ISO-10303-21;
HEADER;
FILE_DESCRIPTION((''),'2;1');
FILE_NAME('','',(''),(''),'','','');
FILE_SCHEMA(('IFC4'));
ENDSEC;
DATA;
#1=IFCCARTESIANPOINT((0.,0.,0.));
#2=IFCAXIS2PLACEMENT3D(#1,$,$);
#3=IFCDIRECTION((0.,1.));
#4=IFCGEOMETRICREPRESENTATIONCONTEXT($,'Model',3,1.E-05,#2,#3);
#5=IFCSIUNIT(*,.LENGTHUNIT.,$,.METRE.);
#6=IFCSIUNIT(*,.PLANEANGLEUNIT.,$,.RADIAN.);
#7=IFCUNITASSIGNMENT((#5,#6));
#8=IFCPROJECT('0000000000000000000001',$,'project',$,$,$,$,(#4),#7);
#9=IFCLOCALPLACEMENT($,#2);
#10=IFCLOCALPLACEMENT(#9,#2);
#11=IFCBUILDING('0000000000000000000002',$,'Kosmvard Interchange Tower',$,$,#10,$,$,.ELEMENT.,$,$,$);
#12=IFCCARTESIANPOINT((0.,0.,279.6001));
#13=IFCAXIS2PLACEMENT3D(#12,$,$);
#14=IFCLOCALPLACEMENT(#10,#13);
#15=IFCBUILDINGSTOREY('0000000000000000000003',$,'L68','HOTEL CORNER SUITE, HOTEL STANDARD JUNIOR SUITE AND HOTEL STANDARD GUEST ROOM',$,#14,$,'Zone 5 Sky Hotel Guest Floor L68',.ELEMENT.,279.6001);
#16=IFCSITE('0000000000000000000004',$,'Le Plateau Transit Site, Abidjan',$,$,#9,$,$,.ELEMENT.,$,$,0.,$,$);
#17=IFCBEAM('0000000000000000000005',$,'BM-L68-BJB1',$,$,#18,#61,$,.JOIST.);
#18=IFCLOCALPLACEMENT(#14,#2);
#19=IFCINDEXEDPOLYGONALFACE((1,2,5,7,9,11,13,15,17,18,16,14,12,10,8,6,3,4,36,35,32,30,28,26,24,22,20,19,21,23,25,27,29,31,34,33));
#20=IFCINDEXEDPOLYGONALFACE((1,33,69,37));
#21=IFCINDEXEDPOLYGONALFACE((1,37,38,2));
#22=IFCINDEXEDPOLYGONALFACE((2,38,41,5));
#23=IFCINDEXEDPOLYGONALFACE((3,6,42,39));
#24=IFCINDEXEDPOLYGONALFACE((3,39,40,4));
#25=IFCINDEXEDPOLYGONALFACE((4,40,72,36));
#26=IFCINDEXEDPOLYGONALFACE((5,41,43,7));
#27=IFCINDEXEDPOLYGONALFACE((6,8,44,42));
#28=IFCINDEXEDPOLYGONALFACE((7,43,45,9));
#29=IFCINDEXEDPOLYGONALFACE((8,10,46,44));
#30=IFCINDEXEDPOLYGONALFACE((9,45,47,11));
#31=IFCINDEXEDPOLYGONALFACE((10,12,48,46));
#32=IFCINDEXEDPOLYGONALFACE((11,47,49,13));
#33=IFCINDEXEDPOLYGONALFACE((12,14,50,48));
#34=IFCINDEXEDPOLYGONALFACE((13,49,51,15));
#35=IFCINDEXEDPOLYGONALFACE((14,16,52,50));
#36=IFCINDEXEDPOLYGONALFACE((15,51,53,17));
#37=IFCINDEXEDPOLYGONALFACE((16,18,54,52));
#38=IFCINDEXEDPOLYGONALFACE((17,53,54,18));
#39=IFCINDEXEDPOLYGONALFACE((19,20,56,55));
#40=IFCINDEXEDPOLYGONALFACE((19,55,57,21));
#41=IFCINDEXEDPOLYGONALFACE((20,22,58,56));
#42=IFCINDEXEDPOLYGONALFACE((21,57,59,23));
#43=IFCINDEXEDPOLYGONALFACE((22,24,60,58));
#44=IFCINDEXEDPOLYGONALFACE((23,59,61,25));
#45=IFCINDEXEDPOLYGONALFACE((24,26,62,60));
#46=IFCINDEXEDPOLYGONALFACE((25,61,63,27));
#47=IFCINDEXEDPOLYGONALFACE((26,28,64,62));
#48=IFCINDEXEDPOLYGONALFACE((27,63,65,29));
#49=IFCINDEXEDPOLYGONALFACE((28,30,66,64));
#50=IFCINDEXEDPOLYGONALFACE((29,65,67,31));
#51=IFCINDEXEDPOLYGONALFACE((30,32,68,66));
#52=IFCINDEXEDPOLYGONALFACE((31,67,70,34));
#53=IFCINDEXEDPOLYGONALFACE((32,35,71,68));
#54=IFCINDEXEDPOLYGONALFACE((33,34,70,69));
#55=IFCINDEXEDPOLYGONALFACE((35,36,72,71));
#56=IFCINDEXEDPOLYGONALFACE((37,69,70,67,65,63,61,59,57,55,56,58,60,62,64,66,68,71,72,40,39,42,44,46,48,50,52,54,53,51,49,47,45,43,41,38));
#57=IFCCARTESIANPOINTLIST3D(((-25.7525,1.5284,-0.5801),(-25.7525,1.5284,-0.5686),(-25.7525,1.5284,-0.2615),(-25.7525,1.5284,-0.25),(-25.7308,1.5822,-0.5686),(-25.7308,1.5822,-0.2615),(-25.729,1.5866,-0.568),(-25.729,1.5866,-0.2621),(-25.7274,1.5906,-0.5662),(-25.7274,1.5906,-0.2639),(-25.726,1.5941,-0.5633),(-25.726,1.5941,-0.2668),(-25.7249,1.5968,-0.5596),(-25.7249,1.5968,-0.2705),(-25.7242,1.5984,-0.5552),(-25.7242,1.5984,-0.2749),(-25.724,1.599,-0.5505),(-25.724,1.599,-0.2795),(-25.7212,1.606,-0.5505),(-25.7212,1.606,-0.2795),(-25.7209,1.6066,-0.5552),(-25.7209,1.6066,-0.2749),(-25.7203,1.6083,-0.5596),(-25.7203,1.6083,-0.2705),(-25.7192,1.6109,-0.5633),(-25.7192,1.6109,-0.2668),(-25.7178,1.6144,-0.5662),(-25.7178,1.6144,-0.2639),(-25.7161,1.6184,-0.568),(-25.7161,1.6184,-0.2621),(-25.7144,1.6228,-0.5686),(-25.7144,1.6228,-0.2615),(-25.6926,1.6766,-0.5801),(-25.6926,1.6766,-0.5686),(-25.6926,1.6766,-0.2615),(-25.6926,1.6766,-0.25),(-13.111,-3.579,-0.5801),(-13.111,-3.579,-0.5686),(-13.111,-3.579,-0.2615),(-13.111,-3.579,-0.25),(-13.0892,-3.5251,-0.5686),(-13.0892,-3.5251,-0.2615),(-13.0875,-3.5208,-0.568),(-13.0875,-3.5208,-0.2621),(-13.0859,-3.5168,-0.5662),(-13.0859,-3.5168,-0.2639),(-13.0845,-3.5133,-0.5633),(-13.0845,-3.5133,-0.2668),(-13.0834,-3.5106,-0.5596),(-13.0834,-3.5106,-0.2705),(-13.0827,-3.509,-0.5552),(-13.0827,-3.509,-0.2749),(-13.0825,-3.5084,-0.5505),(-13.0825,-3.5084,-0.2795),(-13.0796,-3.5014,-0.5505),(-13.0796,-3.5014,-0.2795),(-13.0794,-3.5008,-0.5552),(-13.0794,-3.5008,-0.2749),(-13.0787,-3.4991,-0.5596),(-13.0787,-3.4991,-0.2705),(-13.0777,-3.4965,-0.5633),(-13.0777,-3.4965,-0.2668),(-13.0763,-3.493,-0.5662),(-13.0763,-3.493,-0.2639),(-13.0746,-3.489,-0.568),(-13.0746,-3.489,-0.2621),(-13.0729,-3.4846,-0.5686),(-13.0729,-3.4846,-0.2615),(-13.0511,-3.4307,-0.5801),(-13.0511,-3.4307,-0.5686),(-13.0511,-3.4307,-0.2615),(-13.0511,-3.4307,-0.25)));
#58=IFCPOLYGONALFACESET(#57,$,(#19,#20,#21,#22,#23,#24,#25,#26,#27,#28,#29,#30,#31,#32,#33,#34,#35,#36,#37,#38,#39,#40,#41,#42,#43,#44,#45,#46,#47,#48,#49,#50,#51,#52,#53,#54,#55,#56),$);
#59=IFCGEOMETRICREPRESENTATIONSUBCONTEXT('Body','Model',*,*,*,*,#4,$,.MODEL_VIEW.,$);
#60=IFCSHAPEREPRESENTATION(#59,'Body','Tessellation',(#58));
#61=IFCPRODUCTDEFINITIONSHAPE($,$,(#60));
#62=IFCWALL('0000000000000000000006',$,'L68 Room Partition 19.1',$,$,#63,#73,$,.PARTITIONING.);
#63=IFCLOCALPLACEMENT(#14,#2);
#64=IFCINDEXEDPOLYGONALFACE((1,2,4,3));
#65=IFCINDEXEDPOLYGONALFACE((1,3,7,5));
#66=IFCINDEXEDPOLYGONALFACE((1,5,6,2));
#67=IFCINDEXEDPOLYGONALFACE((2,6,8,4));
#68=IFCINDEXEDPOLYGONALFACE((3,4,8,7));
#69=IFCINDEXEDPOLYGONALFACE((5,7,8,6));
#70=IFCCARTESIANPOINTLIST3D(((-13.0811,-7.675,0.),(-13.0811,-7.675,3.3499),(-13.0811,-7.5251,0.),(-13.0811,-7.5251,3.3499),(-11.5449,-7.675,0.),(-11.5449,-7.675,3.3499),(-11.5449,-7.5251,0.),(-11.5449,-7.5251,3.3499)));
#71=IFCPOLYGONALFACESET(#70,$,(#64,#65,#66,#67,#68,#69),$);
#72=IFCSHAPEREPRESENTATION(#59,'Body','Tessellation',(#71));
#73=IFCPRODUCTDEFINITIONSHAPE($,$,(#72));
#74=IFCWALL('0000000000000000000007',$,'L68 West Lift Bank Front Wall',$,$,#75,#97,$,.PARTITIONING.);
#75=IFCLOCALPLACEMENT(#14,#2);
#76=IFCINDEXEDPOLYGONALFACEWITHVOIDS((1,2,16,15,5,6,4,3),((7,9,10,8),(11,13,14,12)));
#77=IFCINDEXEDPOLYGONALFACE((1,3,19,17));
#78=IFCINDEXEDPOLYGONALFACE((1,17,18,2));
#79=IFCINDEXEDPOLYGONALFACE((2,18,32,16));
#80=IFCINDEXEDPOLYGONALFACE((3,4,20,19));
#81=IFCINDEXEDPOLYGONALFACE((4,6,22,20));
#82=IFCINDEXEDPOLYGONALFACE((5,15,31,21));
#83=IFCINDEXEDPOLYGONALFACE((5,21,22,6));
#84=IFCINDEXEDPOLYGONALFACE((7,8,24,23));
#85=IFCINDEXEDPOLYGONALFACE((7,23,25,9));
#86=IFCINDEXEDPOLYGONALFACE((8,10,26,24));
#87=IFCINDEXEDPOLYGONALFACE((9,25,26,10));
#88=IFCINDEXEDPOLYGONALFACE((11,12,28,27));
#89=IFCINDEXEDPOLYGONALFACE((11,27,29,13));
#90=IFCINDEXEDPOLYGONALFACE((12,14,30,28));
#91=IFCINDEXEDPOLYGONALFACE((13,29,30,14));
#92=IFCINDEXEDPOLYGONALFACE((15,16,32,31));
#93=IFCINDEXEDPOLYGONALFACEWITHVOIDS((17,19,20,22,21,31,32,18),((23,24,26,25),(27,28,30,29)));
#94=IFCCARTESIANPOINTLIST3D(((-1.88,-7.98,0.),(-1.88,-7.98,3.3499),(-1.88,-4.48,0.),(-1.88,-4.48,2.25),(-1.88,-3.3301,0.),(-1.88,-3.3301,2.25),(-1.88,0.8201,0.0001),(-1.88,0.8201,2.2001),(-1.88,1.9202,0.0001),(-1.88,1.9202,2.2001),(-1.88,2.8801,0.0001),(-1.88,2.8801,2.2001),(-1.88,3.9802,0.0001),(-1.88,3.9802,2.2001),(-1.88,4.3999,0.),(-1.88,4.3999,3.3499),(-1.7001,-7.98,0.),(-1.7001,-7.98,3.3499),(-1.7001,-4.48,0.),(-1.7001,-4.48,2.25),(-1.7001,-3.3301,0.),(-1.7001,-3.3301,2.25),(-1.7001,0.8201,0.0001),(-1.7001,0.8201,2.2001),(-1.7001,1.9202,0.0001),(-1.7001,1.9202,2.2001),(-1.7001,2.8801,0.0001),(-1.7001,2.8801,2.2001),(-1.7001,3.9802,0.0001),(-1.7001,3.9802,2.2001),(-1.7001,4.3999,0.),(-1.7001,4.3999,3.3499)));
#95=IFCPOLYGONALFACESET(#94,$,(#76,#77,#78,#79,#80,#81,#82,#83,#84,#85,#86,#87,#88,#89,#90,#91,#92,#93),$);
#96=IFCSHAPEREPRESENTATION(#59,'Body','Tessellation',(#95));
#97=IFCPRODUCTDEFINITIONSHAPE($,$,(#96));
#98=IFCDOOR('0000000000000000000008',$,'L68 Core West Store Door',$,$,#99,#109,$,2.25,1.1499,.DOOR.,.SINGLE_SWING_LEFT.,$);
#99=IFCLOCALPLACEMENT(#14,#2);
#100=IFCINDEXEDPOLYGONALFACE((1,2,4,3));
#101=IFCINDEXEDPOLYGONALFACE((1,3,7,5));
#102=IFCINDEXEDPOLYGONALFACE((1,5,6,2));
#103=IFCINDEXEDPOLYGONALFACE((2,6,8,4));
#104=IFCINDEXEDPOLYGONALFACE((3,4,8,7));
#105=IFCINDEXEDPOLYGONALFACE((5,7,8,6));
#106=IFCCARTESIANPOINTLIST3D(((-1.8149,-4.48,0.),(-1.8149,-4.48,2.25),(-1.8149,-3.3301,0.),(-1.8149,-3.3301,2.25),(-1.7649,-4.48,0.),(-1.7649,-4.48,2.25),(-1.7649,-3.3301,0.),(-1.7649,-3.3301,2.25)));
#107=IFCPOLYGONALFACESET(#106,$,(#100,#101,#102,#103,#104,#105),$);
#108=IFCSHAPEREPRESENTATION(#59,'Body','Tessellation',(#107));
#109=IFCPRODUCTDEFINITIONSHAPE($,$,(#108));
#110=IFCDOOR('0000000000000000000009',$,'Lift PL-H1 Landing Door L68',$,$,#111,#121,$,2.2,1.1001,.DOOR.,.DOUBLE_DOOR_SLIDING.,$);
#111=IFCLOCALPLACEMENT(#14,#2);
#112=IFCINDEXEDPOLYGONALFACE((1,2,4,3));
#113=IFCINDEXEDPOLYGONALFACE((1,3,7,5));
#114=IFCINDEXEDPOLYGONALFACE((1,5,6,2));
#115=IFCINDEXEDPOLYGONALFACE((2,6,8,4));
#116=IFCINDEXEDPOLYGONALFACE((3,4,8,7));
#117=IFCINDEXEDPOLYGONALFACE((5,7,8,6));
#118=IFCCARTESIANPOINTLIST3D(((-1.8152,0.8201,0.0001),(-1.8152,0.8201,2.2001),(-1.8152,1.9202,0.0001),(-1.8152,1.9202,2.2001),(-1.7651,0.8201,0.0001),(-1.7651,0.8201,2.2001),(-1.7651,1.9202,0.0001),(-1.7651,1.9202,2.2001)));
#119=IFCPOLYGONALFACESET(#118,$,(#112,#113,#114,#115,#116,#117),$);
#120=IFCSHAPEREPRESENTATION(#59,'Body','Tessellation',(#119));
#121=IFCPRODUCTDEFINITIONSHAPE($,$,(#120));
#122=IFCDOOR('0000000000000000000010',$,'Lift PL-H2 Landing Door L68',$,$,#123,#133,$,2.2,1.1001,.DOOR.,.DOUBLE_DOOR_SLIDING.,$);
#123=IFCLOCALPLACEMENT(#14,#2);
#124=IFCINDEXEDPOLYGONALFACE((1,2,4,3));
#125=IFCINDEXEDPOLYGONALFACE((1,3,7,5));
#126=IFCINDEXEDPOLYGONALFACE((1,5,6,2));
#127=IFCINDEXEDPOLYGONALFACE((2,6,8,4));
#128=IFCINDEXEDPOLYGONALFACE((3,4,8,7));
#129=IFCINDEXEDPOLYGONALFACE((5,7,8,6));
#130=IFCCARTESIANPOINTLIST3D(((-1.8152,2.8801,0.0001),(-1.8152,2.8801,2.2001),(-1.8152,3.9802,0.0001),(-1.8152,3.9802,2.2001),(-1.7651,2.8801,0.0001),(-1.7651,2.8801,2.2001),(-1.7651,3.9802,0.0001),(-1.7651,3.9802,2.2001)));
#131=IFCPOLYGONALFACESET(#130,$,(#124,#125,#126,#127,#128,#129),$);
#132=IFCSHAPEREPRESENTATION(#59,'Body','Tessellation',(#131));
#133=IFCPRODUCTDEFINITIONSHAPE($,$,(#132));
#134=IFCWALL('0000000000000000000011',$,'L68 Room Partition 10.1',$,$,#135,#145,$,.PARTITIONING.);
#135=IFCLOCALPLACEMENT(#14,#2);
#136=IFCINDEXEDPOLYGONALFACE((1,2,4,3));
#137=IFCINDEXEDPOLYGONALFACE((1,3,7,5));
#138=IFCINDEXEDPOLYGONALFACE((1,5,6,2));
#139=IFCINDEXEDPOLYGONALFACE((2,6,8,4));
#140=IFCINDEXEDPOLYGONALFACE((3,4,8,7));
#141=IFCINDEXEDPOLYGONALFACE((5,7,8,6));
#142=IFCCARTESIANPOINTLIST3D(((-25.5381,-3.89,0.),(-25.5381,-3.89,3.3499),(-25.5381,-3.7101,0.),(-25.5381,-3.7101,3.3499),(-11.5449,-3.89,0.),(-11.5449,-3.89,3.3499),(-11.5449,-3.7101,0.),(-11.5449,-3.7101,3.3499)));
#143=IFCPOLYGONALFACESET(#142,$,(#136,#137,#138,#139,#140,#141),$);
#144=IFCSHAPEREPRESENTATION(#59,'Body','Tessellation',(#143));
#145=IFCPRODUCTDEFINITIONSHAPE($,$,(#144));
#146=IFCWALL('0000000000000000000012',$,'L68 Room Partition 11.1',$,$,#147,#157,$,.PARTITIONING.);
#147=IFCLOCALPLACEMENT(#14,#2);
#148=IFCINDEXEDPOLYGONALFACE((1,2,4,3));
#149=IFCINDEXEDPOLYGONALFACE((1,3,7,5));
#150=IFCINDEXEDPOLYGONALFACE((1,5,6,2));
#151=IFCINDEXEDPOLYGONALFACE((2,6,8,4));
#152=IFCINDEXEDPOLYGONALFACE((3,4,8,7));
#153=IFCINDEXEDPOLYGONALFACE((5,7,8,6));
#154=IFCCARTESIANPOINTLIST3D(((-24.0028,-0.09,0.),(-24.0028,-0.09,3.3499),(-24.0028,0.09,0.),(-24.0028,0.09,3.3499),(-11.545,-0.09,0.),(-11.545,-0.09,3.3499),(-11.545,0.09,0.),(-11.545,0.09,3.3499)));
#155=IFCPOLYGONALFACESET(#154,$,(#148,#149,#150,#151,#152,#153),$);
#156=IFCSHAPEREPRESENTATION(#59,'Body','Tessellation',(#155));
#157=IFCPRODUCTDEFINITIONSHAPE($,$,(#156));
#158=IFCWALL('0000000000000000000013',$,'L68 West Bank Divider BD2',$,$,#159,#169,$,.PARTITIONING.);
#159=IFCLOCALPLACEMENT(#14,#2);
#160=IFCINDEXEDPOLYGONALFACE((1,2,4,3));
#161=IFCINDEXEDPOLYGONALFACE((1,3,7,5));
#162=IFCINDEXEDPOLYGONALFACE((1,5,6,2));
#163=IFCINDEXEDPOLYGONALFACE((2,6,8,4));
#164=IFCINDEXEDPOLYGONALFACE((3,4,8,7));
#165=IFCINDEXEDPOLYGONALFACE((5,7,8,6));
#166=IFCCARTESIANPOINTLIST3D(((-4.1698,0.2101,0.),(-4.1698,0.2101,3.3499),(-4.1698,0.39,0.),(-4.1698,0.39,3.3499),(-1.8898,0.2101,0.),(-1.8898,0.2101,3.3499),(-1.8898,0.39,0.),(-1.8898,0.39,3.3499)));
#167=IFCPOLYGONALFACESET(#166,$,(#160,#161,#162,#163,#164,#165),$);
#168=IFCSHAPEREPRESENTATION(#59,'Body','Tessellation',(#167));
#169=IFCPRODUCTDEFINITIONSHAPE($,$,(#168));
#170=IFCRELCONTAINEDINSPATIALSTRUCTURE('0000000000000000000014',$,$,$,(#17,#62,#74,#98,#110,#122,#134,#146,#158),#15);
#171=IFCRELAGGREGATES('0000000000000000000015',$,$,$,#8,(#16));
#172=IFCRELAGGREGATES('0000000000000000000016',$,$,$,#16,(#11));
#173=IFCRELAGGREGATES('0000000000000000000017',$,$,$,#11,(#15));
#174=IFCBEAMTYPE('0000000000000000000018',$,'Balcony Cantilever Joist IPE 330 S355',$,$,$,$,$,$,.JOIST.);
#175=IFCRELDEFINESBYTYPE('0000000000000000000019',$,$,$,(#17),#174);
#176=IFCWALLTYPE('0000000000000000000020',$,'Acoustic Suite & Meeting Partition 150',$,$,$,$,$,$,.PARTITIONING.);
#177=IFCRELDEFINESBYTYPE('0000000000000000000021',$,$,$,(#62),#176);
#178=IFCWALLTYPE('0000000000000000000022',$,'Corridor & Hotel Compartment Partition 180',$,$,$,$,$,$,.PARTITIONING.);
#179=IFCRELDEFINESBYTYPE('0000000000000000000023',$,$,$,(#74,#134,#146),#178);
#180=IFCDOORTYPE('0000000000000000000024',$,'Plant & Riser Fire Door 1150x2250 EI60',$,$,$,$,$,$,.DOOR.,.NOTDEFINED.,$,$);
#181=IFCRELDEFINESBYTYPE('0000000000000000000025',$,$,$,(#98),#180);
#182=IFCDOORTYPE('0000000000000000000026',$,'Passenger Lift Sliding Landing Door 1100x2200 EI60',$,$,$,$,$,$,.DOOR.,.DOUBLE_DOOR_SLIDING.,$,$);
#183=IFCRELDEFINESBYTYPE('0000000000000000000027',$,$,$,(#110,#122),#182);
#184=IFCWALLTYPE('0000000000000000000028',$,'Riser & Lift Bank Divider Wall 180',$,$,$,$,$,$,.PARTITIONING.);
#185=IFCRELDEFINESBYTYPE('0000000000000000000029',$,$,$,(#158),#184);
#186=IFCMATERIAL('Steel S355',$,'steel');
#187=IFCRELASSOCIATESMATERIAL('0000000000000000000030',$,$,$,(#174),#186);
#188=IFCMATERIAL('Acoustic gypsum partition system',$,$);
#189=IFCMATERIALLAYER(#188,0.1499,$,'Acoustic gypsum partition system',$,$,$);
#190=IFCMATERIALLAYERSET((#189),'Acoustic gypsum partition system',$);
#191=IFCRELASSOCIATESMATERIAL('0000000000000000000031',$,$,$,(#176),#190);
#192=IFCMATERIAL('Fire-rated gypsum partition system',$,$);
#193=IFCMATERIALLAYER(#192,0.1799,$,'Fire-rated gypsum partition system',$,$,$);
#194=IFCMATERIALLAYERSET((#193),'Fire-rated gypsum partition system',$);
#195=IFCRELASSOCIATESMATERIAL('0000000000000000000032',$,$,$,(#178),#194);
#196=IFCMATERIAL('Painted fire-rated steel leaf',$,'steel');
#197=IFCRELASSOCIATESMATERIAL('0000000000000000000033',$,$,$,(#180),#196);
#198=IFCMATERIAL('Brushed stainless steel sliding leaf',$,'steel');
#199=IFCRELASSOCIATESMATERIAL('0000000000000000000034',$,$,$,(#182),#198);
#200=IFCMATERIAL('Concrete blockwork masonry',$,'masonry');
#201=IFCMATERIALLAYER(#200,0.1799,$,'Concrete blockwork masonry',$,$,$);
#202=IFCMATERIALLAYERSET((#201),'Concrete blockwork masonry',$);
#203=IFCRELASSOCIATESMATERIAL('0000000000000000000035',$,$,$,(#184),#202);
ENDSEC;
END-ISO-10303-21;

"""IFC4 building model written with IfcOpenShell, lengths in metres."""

from ifc_helpers import new_model, si_unit, direction, frame, frame_2d, origin, origin_2d, place, context, subcontext, project, spatial, rectangle, i_section, extrude, source, transform, mapped, material, layer, layer_set, material_profile, profile_set, type_object, element, fill, save


model = new_model("IFC4")

# Units and contexts
model_context = context("Model", 3, precision=1e-05, world=origin(), true_north=direction((0.0, 1.0)))
body_context = subcontext(model_context, "Body", "Model", "MODEL_VIEW")
ifc_project = project(units=[si_unit("LENGTHUNIT", "METRE"), si_unit("PLANEANGLEUNIT", "RADIAN")], contexts=[model_context])

# Site, building, storey
site_placement = place(None, origin())
site = spatial("IfcSite", under=ifc_project, at=site_placement, Name="Le Plateau Transit Site, Abidjan", CompositionType="ELEMENT", RefElevation=0.0)
building_placement = place(site_placement, origin())
building = spatial("IfcBuilding", under=site, at=building_placement, Name="Kosmvard Interchange Tower", CompositionType="ELEMENT")
storey_placement = place(building_placement, frame((0.0, 0.0, 279.6001)))
storey = spatial("IfcBuildingStorey", under=building, at=storey_placement, Name="L68", Description="HOTEL CORNER SUITE, HOTEL STANDARD JUNIOR SUITE AND HOTEL STANDARD GUEST ROOM", LongName="Zone 5 Sky Hotel Guest Floor L68", CompositionType="ELEMENT", Elevation=279.6001)

# Beam
ifc_material_1 = material(Name="Steel S355", Category="steel")
ifc_material_profile = material_profile(ifc_material_1, i_section(OverallWidth=0.1599, OverallDepth=0.3301, WebThickness=0.0076, FlangeThickness=0.0115, FilletRadius=0.0181, at=origin_2d()), Name="IPE 330")
ifc_profile_set = profile_set([ifc_material_profile], Name="Steel S355")
beam_type = type_object("IfcBeamType", Name="Balcony Cantilever Joist IPE 330 S355", PredefinedType="JOIST", material=ifc_profile_set)
shared_shape_1 = source(origin(), body_context, "Body", "SweptSolid", [
    extrude(i_section(OverallWidth=0.1599, OverallDepth=0.3301, WebThickness=0.0076, FlangeThickness=0.0115, FilletRadius=0.0181, at=origin_2d()), origin(), (0.0, 0.0, 1.0), 13.6343),
])
beam_placement = place(storey_placement, frame((-13.0811, -3.5049, -0.415), z_axis=(-0.927187, 0.374599, 0.0), x_axis=(-0.374599, -0.927187, 0.0)))
element("IfcBeam", 1, at=beam_placement, inside=storey, type_object=beam_type, Name="BM-L68-BJB1", PredefinedType="JOIST", context=body_context, shape_type="MappedRepresentation", body=[
    mapped(shared_shape_1, transform((0.0, 0.0, 0.0), scale=1.0)),
])

# Wall
ifc_material_2 = material(Name="Acoustic gypsum partition system")
ifc_layer_1 = layer(ifc_material_2, 0.1499, Name="Acoustic gypsum partition system")
ifc_layer_set_1 = layer_set([ifc_layer_1], Name="Acoustic gypsum partition system")
wall_type_1 = type_object("IfcWallType", Name="Acoustic Suite & Meeting Partition 150", PredefinedType="PARTITIONING", material=ifc_layer_set_1)
wall_1_placement = place(storey_placement, frame((-11.5449, -7.6001, 0.0), z_axis=(0.0, 0.0, 1.0), x_axis=(-1.0, 0.0, 0.0)))
element("IfcWall", 2, at=wall_1_placement, inside=storey, type_object=wall_type_1, Name="L68 Room Partition 19.1", PredefinedType="PARTITIONING", context=body_context, shape_type="SweptSolid", body=[
    extrude(rectangle(XDim=1.5361, YDim=0.1499, at=frame_2d((0.7681, 0.0))), origin(), (0.0, 0.0, 1.0), 3.3499),
])

# Wall, openings, doors
ifc_material_3 = material(Name="Fire-rated gypsum partition system")
ifc_layer_2 = layer(ifc_material_3, 0.1799, Name="Fire-rated gypsum partition system")
ifc_layer_set_2 = layer_set([ifc_layer_2], Name="Fire-rated gypsum partition system")
wall_type_2 = type_object("IfcWallType", Name="Corridor & Hotel Compartment Partition 180", PredefinedType="PARTITIONING", material=ifc_layer_set_2)
wall_2_placement = place(storey_placement, frame((-1.79, -7.98, 0.0), z_axis=(0.0, 0.0, 1.0), x_axis=(0.0, 1.0, 0.0)))
wall_2 = element("IfcWall", 3, at=wall_2_placement, inside=storey, type_object=wall_type_2, Name="L68 West Lift Bank Front Wall", PredefinedType="PARTITIONING", context=body_context, shape_type="SweptSolid", body=[
    extrude(rectangle(XDim=12.3799, YDim=0.1799, at=frame_2d((6.1899, 0.0))), origin(), (0.0, 0.0, 1.0), 3.3499),
])
opening_1_placement = place(wall_2_placement, frame((8.8, 0.0, 0.0)))
opening_1 = element("IfcOpeningElement", 4, at=opening_1_placement, cuts=wall_2, PredefinedType="OPENING", context=body_context, shape_type="SweptSolid", body=[
    extrude(rectangle(XDim=1.1001, YDim=2.2, at=frame_2d((0.55, 1.1001))), frame((0.0, 0.1001, 0.0), z_axis=(0.0, -1.0, 0.0), x_axis=(1.0, 0.0, 0.0)), (0.0, 0.0, 1.0), 0.2),
])
opening_2_placement = place(wall_2_placement, frame((10.8601, 0.0, 0.0)))
opening_2 = element("IfcOpeningElement", 5, at=opening_2_placement, cuts=wall_2, PredefinedType="OPENING", context=body_context, shape_type="SweptSolid", body=[
    extrude(rectangle(XDim=1.1001, YDim=2.2, at=frame_2d((0.55, 1.1001))), frame((0.0, 0.1001, 0.0), z_axis=(0.0, -1.0, 0.0), x_axis=(1.0, 0.0, 0.0)), (0.0, 0.0, 1.0), 0.2),
])
opening_3_placement = place(wall_2_placement, frame((3.5, 0.0, 0.0)))
opening_3 = element("IfcOpeningElement", 6, at=opening_3_placement, cuts=wall_2, PredefinedType="OPENING", context=body_context, shape_type="SweptSolid", body=[
    extrude(rectangle(XDim=1.1499, YDim=2.25, at=frame_2d((0.575, 1.125))), frame((0.0, 0.1001, 0.0), z_axis=(0.0, -1.0, 0.0), x_axis=(1.0, 0.0, 0.0)), (0.0, 0.0, 1.0), 0.2),
])
ifc_material_4 = material(Name="Painted fire-rated steel leaf", Category="steel")
door_type_1 = type_object("IfcDoorType", Name="Plant & Riser Fire Door 1150x2250 EI60", OperationType="NOTDEFINED", PredefinedType="DOOR", material=ifc_material_4)
shared_shape_2 = source(origin(), body_context, "Body", "SweptSolid", [
    extrude(rectangle(XDim=1.1499, YDim=2.25, at=frame_2d((0.575, 1.125))), frame((0.0, 0.0249, 0.0), z_axis=(0.0, -1.0, 0.0), x_axis=(1.0, 0.0, 0.0)), (0.0, 0.0, 1.0), 0.05),
])
door_1_placement = place(opening_3_placement, origin())
door_1 = element("IfcDoor", 7, at=door_1_placement, inside=storey, type_object=door_type_1, Name="L68 Core West Store Door", OperationType="SINGLE_SWING_LEFT", OverallHeight=2.25, OverallWidth=1.1499, PredefinedType="DOOR", context=body_context, shape_type="MappedRepresentation", body=[
    mapped(shared_shape_2, transform((0.0, 0.0, 0.0), scale=1.0)),
])
fill(opening_3, door_1)
ifc_material_5 = material(Name="Brushed stainless steel sliding leaf", Category="steel")
door_type_2 = type_object("IfcDoorType", Name="Passenger Lift Sliding Landing Door 1100x2200 EI60", OperationType="DOUBLE_DOOR_SLIDING", PredefinedType="DOOR", material=ifc_material_5)
shared_shape_3 = source(origin(), body_context, "Body", "SweptSolid", [
    extrude(rectangle(XDim=1.1001, YDim=2.2, at=frame_2d((0.55, 1.1001))), frame((0.0, 0.0249, 0.0), z_axis=(0.0, -1.0, 0.0), x_axis=(1.0, 0.0, 0.0)), (0.0, 0.0, 1.0), 0.05),
])
door_2_placement = place(opening_1_placement, frame((1.1001, 0.0, 0.0), z_axis=(0.0, 0.0, 1.0), x_axis=(-1.0, 0.0, 0.0)))
door_2 = element("IfcDoor", 8, at=door_2_placement, inside=storey, type_object=door_type_2, Name="Lift PL-H1 Landing Door L68", OperationType="DOUBLE_DOOR_SLIDING", OverallHeight=2.2, OverallWidth=1.1001, PredefinedType="DOOR", context=body_context, shape_type="MappedRepresentation", body=[
    mapped(shared_shape_3, transform((0.0, 0.0, 0.0), scale=1.0)),
])
fill(opening_1, door_2)
door_3_placement = place(opening_2_placement, frame((1.1001, 0.0, 0.0), z_axis=(0.0, 0.0, 1.0), x_axis=(-1.0, 0.0, 0.0)))
door_3 = element("IfcDoor", 9, at=door_3_placement, inside=storey, type_object=door_type_2, Name="Lift PL-H2 Landing Door L68", OperationType="DOUBLE_DOOR_SLIDING", OverallHeight=2.2, OverallWidth=1.1001, PredefinedType="DOOR", context=body_context, shape_type="MappedRepresentation", body=[
    mapped(shared_shape_3, transform((0.0, 0.0, 0.0), scale=1.0)),
])
fill(opening_2, door_3)

# Walls
wall_3_placement = place(storey_placement, frame((-11.5449, -3.8, 0.0), z_axis=(0.0, 0.0, 1.0), x_axis=(-1.0, 0.0, 0.0)))
element("IfcWall", 10, at=wall_3_placement, inside=storey, type_object=wall_type_2, Name="L68 Room Partition 10.1", PredefinedType="PARTITIONING", context=body_context, shape_type="SweptSolid", body=[
    extrude(rectangle(XDim=13.9932, YDim=0.1799, at=frame_2d((6.9966, 0.0))), origin(), (0.0, 0.0, 1.0), 3.3499),
])
wall_4_placement = place(storey_placement, frame((-11.5449, 0.0, 0.0), z_axis=(0.0, 0.0, 1.0), x_axis=(-1.0, 0.0, 0.0)))
element("IfcWall", 11, at=wall_4_placement, inside=storey, type_object=wall_type_2, Name="L68 Room Partition 11.1", PredefinedType="PARTITIONING", context=body_context, shape_type="SweptSolid", body=[
    extrude(rectangle(XDim=12.4578, YDim=0.1799, at=frame_2d((6.229, 0.0))), origin(), (0.0, 0.0, 1.0), 3.3499),
])
ifc_material_6 = material(Name="Concrete blockwork masonry", Category="masonry")
ifc_layer_3 = layer(ifc_material_6, 0.1799, Name="Concrete blockwork masonry")
ifc_layer_set_3 = layer_set([ifc_layer_3], Name="Concrete blockwork masonry")
wall_type_3 = type_object("IfcWallType", Name="Riser & Lift Bank Divider Wall 180", PredefinedType="PARTITIONING", material=ifc_layer_set_3)
wall_5_placement = place(storey_placement, frame((-4.1699, 0.3, 0.0), z_axis=(0.0, 0.0, 1.0), x_axis=(1.0, 0.0, 0.0)))
element("IfcWall", 12, at=wall_5_placement, inside=storey, type_object=wall_type_3, Name="L68 West Bank Divider BD2", PredefinedType="PARTITIONING", context=body_context, shape_type="SweptSolid", body=[
    extrude(rectangle(XDim=2.28, YDim=0.1799, at=frame_2d((1.1401, 0.0))), origin(), (0.0, 0.0, 1.0), 3.3499),
])

save(model, "model.ifc")
